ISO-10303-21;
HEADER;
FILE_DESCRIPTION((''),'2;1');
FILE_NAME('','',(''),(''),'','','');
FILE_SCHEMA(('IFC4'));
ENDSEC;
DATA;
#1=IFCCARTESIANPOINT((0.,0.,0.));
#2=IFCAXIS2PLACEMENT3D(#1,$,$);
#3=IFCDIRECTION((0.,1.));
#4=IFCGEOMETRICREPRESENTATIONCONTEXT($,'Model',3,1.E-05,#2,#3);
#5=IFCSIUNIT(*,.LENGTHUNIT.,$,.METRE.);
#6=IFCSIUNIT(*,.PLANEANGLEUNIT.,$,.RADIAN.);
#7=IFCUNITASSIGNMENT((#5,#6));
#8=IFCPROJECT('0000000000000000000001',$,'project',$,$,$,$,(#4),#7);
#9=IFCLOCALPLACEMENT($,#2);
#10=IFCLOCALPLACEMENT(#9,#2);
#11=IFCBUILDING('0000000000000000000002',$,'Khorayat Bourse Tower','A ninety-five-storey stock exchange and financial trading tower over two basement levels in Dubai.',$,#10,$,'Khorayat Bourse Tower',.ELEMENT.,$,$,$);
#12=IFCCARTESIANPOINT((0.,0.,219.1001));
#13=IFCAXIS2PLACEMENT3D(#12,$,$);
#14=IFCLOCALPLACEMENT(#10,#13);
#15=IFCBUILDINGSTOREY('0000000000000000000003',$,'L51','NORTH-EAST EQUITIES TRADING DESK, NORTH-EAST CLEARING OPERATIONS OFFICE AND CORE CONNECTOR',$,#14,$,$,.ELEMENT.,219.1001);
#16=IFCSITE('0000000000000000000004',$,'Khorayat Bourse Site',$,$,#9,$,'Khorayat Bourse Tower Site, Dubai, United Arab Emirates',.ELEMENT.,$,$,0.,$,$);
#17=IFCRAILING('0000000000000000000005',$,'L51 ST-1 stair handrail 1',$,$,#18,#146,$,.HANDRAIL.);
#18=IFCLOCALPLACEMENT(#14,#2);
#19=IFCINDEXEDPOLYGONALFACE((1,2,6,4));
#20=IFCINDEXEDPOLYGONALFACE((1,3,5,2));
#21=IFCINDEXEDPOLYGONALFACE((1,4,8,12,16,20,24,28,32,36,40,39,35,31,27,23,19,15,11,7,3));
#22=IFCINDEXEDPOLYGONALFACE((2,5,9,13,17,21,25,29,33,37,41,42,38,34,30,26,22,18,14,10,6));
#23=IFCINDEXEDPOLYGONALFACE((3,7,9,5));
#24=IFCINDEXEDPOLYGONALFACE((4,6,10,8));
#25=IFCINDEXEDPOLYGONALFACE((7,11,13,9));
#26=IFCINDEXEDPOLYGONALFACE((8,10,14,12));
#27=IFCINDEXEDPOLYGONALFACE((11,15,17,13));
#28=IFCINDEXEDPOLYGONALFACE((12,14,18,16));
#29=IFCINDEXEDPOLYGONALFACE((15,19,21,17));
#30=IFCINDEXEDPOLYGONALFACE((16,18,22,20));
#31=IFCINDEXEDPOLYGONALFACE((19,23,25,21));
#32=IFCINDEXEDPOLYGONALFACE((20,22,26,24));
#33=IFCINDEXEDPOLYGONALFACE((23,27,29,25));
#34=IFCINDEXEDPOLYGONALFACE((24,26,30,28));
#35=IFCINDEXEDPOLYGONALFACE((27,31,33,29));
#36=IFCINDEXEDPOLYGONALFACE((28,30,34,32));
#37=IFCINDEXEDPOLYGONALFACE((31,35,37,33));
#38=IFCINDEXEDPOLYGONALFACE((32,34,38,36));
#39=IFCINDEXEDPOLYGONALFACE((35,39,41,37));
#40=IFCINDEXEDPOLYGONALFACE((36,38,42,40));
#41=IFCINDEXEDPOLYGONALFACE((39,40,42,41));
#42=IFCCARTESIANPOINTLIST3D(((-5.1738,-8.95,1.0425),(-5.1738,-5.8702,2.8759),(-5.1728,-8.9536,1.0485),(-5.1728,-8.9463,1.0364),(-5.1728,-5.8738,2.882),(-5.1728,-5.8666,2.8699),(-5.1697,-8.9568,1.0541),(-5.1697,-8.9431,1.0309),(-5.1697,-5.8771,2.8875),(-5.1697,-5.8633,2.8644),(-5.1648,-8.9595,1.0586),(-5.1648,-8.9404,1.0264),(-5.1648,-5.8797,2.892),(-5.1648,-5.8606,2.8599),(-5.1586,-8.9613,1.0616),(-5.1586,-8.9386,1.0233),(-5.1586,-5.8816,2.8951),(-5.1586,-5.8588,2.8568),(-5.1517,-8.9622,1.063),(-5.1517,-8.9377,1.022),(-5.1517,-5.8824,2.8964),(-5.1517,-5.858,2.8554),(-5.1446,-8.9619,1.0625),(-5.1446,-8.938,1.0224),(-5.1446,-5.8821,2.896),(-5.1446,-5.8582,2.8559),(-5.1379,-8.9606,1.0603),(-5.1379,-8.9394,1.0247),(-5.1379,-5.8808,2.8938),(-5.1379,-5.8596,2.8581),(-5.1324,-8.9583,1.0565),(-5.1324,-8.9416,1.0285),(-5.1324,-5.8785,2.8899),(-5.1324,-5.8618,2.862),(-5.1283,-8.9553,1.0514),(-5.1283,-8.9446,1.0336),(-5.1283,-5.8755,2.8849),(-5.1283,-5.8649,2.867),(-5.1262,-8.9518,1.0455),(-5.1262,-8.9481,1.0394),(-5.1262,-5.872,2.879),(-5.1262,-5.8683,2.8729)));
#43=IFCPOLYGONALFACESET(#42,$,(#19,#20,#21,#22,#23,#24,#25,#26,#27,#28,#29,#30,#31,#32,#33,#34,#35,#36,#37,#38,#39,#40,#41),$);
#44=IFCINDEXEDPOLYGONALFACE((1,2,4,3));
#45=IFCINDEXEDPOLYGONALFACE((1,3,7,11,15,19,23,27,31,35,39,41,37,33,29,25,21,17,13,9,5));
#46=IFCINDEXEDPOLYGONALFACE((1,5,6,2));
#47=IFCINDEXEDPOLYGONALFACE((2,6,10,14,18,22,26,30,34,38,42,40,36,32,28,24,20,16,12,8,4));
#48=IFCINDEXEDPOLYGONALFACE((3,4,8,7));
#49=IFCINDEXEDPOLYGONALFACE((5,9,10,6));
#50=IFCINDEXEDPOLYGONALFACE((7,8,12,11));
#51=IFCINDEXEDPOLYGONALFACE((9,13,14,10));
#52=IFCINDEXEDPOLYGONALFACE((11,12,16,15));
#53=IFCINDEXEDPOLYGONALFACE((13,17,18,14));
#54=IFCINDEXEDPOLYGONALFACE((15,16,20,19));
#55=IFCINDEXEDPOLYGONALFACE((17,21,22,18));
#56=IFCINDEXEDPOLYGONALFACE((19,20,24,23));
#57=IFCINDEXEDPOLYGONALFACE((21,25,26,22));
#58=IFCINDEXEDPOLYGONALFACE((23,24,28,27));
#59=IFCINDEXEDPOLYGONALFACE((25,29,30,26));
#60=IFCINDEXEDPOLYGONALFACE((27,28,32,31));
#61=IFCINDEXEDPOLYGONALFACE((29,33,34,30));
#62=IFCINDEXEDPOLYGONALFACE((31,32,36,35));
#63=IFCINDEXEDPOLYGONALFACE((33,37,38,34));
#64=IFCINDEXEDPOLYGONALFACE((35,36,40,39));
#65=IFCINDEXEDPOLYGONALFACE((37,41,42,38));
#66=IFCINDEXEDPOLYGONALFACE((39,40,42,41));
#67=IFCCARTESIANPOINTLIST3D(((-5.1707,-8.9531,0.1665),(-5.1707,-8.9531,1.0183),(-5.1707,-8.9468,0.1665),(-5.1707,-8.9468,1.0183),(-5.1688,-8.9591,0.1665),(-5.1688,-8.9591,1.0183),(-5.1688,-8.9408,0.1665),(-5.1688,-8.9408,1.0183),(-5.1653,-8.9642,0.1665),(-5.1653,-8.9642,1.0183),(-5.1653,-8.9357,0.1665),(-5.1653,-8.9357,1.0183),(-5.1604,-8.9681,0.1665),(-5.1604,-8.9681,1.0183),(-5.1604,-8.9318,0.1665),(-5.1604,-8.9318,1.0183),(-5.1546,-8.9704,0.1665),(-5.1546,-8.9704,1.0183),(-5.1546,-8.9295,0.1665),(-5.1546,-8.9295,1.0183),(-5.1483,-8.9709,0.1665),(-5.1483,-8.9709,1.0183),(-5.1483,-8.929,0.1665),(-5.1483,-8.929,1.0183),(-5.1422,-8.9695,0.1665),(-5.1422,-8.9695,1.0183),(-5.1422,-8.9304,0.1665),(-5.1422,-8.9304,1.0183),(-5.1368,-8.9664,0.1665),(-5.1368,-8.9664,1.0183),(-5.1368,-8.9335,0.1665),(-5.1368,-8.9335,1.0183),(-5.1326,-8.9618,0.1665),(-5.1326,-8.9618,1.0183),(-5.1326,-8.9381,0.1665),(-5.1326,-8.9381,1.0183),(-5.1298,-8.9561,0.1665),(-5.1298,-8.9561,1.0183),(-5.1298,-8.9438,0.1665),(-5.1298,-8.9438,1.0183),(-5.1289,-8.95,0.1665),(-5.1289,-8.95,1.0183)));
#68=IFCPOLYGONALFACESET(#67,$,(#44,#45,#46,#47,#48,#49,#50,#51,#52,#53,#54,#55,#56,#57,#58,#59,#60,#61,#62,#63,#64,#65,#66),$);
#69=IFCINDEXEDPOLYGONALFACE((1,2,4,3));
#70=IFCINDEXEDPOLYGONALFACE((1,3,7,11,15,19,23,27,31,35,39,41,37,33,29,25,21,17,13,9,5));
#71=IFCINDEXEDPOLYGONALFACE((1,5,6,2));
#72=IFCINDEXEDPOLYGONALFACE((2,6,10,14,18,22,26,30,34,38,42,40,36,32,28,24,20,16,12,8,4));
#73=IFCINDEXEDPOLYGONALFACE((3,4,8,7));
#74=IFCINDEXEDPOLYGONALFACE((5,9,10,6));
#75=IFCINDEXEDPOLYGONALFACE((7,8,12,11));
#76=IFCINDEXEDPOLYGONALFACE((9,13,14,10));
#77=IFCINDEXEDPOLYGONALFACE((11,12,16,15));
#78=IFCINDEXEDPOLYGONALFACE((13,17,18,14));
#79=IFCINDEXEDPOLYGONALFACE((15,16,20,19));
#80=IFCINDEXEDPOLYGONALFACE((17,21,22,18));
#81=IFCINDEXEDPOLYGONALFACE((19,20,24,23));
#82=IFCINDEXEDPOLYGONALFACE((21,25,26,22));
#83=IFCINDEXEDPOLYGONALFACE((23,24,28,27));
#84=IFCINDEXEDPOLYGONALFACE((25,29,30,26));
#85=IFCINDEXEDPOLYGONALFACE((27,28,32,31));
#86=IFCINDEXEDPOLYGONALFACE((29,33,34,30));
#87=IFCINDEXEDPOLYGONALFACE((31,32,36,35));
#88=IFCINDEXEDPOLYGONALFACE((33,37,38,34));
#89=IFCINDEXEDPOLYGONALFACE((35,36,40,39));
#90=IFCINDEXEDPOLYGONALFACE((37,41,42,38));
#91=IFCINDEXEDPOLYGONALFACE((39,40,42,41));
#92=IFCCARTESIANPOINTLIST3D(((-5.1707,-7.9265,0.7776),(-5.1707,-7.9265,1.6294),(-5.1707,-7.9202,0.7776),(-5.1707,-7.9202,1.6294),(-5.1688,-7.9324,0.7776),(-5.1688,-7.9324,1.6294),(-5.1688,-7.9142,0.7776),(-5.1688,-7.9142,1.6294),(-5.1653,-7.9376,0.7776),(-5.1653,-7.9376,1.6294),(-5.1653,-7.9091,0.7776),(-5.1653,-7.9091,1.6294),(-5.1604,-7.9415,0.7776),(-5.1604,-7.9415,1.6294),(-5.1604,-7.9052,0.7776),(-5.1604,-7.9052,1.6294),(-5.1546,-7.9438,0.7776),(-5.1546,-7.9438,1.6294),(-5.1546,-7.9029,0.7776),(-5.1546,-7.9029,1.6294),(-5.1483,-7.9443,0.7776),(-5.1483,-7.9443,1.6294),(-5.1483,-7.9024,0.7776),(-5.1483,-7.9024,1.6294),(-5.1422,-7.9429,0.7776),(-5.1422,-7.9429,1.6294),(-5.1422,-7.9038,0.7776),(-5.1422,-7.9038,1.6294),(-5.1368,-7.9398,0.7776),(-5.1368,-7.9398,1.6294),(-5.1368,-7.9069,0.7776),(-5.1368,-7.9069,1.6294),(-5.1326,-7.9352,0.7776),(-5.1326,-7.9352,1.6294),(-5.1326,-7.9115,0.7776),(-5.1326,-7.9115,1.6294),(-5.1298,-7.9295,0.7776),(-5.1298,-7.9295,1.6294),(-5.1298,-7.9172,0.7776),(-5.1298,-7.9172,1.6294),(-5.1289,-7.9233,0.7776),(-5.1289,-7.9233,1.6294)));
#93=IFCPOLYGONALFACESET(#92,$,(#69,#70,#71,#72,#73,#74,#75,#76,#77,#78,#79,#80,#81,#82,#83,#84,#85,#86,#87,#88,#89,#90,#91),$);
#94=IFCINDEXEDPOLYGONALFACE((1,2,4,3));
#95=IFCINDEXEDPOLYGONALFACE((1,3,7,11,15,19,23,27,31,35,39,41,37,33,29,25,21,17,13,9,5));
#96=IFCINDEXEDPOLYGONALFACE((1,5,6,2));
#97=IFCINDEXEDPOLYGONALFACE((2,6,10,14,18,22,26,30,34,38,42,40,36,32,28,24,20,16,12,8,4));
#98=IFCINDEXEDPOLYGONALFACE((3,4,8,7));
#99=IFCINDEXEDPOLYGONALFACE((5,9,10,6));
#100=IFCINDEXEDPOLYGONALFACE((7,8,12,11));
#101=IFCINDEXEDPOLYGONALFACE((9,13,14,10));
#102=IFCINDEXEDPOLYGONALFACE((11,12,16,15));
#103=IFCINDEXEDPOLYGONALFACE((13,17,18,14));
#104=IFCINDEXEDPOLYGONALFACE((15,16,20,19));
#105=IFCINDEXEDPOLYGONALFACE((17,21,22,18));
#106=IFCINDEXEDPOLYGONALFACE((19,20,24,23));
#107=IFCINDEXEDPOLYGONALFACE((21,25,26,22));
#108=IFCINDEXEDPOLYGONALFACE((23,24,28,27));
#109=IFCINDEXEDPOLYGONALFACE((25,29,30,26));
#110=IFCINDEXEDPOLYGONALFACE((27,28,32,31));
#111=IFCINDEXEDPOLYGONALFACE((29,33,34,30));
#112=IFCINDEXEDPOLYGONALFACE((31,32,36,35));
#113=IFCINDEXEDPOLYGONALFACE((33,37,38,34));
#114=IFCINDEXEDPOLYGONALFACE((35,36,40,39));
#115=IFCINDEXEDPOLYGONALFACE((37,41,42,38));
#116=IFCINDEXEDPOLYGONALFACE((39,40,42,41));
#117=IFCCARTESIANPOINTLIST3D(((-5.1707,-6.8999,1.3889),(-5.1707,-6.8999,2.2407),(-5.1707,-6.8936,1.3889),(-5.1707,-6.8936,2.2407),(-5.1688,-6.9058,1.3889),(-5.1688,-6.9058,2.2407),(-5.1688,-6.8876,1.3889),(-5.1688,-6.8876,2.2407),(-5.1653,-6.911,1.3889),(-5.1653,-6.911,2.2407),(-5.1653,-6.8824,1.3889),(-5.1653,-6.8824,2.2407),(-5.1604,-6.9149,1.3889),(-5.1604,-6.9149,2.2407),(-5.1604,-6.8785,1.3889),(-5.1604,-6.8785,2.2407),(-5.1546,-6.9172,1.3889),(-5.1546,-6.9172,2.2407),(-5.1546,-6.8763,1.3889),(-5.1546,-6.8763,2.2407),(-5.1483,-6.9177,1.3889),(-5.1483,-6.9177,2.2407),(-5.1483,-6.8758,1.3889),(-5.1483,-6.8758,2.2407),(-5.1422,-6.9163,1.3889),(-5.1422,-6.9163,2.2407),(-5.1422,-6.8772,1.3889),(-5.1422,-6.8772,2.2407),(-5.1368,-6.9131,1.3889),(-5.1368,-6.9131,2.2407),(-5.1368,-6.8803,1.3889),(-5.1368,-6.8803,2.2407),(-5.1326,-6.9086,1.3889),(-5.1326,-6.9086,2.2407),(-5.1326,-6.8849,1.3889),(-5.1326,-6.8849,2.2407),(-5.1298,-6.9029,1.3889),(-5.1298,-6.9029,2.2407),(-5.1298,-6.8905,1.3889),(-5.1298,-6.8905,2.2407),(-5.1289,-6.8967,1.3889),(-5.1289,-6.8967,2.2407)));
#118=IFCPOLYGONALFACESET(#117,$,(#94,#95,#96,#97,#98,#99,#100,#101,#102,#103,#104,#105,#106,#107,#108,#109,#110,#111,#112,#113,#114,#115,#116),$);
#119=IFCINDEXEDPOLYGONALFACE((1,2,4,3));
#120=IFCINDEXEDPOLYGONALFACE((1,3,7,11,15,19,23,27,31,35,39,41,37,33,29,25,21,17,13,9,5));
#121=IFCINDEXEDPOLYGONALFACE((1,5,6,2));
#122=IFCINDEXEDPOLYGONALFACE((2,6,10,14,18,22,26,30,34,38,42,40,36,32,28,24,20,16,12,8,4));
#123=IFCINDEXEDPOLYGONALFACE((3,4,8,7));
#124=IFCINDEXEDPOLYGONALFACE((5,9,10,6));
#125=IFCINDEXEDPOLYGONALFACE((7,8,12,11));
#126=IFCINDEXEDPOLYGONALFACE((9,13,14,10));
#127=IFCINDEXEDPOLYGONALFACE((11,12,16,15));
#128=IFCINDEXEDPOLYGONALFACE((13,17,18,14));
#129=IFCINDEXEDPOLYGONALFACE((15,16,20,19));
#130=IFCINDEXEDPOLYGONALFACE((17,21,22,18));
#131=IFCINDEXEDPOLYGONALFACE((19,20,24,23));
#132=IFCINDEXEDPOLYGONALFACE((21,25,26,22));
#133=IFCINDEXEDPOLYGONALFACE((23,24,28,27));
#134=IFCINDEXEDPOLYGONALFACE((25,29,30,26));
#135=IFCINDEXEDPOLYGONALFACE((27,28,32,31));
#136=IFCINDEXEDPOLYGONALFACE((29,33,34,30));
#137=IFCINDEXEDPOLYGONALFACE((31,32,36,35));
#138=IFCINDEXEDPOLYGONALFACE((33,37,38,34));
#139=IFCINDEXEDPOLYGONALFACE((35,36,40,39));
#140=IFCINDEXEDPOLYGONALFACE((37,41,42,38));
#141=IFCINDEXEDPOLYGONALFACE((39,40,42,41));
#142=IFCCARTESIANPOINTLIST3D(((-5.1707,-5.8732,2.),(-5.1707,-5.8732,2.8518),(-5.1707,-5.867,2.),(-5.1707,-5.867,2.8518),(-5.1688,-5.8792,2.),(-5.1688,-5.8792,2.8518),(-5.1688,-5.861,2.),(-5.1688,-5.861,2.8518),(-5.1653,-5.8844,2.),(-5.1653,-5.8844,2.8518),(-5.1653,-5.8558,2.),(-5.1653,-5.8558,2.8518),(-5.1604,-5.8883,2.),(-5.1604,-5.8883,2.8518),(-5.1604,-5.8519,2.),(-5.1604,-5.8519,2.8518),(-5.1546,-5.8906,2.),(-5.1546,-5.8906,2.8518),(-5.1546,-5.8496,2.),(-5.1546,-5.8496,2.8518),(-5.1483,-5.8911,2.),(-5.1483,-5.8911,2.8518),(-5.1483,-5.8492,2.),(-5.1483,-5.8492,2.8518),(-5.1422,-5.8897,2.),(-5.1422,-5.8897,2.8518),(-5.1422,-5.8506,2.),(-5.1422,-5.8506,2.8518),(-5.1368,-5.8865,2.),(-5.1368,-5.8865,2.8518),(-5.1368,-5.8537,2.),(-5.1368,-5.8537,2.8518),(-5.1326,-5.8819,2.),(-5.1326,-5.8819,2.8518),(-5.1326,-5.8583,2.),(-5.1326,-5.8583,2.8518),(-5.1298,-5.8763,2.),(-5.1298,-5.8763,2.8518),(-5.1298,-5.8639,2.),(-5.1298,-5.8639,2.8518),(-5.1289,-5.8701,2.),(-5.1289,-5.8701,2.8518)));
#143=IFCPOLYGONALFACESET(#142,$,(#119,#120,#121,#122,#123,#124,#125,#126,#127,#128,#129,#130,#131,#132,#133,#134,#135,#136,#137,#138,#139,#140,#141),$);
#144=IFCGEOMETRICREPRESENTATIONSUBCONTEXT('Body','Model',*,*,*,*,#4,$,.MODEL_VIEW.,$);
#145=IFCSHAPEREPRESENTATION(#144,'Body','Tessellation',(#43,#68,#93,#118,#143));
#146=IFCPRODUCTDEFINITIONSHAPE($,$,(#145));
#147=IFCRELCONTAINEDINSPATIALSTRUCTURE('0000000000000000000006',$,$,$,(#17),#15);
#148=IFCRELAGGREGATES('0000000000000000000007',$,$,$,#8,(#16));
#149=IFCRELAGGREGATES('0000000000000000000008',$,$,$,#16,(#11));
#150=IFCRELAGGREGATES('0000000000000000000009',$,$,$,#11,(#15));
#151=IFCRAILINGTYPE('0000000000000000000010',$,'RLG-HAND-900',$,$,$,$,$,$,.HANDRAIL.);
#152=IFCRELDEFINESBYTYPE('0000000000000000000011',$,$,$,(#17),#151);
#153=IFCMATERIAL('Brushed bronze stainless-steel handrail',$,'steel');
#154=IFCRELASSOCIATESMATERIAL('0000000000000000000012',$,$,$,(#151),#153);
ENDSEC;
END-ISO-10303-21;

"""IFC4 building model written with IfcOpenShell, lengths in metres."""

from ifc_helpers import new_model, si_unit, direction, frame, origin, origin_2d, place, context, subcontext, project, spatial, circle, extrude, source, transform, mapped, material, type_object, element, save


model = new_model("IFC4")

# Units and contexts
model_context = context("Model", 3, precision=1e-05, world=origin(), true_north=direction((0.0, 1.0)))
body_context = subcontext(model_context, "Body", "Model", "MODEL_VIEW")
ifc_project = project(units=[si_unit("LENGTHUNIT", "METRE"), si_unit("PLANEANGLEUNIT", "RADIAN")], contexts=[model_context])

# Site, building, storey
site_placement = place(None, origin())
site = spatial("IfcSite", under=ifc_project, at=site_placement, Name="Khorayat Bourse Site", LongName="Khorayat Bourse Tower Site, Dubai, United Arab Emirates", CompositionType="ELEMENT", RefElevation=0.0)
building_placement = place(site_placement, origin())
building = spatial("IfcBuilding", under=site, at=building_placement, Name="Khorayat Bourse Tower", Description="A ninety-five-storey stock exchange and financial trading tower over two basement levels in Dubai.", LongName="Khorayat Bourse Tower", CompositionType="ELEMENT")
storey_placement = place(building_placement, frame((0.0, 0.0, 219.1001)))
storey = spatial("IfcBuildingStorey", under=building, at=storey_placement, Name="L51", Description="NORTH-EAST EQUITIES TRADING DESK, NORTH-EAST CLEARING OPERATIONS OFFICE AND CORE CONNECTOR", CompositionType="ELEMENT", Elevation=219.1001)

# Railing
ifc_material_1 = material(Name="Brushed bronze stainless-steel handrail", Category="steel")
railing_type_1 = type_object("IfcRailingType", Name="RLG-HAND-900", PredefinedType="HANDRAIL", material=ifc_material_1)
shared_shape_1 = source(origin(), body_context, "Body", "SweptSolid", [
    extrude(circle(Radius=0.0239, at=origin_2d()), frame((0.0, 0.0, 0.876), z_axis=(0.0, 0.859261, 0.511538), x_axis=(-1.0, 0.0, 0.0)), (0.0, 0.0, 1.0), 3.5842),
    extrude(circle(Radius=0.021, at=origin_2d()), origin(), (0.0, 0.0, 1.0), 0.8518),
    extrude(circle(Radius=0.021, at=origin_2d()), frame((0.0, 1.0266, 0.6111)), (0.0, 0.0, 1.0), 0.8518),
    extrude(circle(Radius=0.021, at=origin_2d()), frame((0.0, 2.0532, 1.2224)), (0.0, 0.0, 1.0), 0.8518),
    extrude(circle(Radius=0.021, at=origin_2d()), frame((0.0, 3.0798, 1.8335)), (0.0, 0.0, 1.0), 0.8518),
])
railing_1_placement = place(storey_placement, frame((-5.1499, -8.95, 0.1665)))
element("IfcRailing", 1, at=railing_1_placement, inside=storey, type_object=railing_type_1, Name="L51 ST-1 stair handrail 1", PredefinedType="HANDRAIL", context=body_context, shape_type="MappedRepresentation", body=[
    mapped(shared_shape_1, transform((0.0, 0.0, 0.0), scale=1.0)),
])

save(model, "model.ifc")
